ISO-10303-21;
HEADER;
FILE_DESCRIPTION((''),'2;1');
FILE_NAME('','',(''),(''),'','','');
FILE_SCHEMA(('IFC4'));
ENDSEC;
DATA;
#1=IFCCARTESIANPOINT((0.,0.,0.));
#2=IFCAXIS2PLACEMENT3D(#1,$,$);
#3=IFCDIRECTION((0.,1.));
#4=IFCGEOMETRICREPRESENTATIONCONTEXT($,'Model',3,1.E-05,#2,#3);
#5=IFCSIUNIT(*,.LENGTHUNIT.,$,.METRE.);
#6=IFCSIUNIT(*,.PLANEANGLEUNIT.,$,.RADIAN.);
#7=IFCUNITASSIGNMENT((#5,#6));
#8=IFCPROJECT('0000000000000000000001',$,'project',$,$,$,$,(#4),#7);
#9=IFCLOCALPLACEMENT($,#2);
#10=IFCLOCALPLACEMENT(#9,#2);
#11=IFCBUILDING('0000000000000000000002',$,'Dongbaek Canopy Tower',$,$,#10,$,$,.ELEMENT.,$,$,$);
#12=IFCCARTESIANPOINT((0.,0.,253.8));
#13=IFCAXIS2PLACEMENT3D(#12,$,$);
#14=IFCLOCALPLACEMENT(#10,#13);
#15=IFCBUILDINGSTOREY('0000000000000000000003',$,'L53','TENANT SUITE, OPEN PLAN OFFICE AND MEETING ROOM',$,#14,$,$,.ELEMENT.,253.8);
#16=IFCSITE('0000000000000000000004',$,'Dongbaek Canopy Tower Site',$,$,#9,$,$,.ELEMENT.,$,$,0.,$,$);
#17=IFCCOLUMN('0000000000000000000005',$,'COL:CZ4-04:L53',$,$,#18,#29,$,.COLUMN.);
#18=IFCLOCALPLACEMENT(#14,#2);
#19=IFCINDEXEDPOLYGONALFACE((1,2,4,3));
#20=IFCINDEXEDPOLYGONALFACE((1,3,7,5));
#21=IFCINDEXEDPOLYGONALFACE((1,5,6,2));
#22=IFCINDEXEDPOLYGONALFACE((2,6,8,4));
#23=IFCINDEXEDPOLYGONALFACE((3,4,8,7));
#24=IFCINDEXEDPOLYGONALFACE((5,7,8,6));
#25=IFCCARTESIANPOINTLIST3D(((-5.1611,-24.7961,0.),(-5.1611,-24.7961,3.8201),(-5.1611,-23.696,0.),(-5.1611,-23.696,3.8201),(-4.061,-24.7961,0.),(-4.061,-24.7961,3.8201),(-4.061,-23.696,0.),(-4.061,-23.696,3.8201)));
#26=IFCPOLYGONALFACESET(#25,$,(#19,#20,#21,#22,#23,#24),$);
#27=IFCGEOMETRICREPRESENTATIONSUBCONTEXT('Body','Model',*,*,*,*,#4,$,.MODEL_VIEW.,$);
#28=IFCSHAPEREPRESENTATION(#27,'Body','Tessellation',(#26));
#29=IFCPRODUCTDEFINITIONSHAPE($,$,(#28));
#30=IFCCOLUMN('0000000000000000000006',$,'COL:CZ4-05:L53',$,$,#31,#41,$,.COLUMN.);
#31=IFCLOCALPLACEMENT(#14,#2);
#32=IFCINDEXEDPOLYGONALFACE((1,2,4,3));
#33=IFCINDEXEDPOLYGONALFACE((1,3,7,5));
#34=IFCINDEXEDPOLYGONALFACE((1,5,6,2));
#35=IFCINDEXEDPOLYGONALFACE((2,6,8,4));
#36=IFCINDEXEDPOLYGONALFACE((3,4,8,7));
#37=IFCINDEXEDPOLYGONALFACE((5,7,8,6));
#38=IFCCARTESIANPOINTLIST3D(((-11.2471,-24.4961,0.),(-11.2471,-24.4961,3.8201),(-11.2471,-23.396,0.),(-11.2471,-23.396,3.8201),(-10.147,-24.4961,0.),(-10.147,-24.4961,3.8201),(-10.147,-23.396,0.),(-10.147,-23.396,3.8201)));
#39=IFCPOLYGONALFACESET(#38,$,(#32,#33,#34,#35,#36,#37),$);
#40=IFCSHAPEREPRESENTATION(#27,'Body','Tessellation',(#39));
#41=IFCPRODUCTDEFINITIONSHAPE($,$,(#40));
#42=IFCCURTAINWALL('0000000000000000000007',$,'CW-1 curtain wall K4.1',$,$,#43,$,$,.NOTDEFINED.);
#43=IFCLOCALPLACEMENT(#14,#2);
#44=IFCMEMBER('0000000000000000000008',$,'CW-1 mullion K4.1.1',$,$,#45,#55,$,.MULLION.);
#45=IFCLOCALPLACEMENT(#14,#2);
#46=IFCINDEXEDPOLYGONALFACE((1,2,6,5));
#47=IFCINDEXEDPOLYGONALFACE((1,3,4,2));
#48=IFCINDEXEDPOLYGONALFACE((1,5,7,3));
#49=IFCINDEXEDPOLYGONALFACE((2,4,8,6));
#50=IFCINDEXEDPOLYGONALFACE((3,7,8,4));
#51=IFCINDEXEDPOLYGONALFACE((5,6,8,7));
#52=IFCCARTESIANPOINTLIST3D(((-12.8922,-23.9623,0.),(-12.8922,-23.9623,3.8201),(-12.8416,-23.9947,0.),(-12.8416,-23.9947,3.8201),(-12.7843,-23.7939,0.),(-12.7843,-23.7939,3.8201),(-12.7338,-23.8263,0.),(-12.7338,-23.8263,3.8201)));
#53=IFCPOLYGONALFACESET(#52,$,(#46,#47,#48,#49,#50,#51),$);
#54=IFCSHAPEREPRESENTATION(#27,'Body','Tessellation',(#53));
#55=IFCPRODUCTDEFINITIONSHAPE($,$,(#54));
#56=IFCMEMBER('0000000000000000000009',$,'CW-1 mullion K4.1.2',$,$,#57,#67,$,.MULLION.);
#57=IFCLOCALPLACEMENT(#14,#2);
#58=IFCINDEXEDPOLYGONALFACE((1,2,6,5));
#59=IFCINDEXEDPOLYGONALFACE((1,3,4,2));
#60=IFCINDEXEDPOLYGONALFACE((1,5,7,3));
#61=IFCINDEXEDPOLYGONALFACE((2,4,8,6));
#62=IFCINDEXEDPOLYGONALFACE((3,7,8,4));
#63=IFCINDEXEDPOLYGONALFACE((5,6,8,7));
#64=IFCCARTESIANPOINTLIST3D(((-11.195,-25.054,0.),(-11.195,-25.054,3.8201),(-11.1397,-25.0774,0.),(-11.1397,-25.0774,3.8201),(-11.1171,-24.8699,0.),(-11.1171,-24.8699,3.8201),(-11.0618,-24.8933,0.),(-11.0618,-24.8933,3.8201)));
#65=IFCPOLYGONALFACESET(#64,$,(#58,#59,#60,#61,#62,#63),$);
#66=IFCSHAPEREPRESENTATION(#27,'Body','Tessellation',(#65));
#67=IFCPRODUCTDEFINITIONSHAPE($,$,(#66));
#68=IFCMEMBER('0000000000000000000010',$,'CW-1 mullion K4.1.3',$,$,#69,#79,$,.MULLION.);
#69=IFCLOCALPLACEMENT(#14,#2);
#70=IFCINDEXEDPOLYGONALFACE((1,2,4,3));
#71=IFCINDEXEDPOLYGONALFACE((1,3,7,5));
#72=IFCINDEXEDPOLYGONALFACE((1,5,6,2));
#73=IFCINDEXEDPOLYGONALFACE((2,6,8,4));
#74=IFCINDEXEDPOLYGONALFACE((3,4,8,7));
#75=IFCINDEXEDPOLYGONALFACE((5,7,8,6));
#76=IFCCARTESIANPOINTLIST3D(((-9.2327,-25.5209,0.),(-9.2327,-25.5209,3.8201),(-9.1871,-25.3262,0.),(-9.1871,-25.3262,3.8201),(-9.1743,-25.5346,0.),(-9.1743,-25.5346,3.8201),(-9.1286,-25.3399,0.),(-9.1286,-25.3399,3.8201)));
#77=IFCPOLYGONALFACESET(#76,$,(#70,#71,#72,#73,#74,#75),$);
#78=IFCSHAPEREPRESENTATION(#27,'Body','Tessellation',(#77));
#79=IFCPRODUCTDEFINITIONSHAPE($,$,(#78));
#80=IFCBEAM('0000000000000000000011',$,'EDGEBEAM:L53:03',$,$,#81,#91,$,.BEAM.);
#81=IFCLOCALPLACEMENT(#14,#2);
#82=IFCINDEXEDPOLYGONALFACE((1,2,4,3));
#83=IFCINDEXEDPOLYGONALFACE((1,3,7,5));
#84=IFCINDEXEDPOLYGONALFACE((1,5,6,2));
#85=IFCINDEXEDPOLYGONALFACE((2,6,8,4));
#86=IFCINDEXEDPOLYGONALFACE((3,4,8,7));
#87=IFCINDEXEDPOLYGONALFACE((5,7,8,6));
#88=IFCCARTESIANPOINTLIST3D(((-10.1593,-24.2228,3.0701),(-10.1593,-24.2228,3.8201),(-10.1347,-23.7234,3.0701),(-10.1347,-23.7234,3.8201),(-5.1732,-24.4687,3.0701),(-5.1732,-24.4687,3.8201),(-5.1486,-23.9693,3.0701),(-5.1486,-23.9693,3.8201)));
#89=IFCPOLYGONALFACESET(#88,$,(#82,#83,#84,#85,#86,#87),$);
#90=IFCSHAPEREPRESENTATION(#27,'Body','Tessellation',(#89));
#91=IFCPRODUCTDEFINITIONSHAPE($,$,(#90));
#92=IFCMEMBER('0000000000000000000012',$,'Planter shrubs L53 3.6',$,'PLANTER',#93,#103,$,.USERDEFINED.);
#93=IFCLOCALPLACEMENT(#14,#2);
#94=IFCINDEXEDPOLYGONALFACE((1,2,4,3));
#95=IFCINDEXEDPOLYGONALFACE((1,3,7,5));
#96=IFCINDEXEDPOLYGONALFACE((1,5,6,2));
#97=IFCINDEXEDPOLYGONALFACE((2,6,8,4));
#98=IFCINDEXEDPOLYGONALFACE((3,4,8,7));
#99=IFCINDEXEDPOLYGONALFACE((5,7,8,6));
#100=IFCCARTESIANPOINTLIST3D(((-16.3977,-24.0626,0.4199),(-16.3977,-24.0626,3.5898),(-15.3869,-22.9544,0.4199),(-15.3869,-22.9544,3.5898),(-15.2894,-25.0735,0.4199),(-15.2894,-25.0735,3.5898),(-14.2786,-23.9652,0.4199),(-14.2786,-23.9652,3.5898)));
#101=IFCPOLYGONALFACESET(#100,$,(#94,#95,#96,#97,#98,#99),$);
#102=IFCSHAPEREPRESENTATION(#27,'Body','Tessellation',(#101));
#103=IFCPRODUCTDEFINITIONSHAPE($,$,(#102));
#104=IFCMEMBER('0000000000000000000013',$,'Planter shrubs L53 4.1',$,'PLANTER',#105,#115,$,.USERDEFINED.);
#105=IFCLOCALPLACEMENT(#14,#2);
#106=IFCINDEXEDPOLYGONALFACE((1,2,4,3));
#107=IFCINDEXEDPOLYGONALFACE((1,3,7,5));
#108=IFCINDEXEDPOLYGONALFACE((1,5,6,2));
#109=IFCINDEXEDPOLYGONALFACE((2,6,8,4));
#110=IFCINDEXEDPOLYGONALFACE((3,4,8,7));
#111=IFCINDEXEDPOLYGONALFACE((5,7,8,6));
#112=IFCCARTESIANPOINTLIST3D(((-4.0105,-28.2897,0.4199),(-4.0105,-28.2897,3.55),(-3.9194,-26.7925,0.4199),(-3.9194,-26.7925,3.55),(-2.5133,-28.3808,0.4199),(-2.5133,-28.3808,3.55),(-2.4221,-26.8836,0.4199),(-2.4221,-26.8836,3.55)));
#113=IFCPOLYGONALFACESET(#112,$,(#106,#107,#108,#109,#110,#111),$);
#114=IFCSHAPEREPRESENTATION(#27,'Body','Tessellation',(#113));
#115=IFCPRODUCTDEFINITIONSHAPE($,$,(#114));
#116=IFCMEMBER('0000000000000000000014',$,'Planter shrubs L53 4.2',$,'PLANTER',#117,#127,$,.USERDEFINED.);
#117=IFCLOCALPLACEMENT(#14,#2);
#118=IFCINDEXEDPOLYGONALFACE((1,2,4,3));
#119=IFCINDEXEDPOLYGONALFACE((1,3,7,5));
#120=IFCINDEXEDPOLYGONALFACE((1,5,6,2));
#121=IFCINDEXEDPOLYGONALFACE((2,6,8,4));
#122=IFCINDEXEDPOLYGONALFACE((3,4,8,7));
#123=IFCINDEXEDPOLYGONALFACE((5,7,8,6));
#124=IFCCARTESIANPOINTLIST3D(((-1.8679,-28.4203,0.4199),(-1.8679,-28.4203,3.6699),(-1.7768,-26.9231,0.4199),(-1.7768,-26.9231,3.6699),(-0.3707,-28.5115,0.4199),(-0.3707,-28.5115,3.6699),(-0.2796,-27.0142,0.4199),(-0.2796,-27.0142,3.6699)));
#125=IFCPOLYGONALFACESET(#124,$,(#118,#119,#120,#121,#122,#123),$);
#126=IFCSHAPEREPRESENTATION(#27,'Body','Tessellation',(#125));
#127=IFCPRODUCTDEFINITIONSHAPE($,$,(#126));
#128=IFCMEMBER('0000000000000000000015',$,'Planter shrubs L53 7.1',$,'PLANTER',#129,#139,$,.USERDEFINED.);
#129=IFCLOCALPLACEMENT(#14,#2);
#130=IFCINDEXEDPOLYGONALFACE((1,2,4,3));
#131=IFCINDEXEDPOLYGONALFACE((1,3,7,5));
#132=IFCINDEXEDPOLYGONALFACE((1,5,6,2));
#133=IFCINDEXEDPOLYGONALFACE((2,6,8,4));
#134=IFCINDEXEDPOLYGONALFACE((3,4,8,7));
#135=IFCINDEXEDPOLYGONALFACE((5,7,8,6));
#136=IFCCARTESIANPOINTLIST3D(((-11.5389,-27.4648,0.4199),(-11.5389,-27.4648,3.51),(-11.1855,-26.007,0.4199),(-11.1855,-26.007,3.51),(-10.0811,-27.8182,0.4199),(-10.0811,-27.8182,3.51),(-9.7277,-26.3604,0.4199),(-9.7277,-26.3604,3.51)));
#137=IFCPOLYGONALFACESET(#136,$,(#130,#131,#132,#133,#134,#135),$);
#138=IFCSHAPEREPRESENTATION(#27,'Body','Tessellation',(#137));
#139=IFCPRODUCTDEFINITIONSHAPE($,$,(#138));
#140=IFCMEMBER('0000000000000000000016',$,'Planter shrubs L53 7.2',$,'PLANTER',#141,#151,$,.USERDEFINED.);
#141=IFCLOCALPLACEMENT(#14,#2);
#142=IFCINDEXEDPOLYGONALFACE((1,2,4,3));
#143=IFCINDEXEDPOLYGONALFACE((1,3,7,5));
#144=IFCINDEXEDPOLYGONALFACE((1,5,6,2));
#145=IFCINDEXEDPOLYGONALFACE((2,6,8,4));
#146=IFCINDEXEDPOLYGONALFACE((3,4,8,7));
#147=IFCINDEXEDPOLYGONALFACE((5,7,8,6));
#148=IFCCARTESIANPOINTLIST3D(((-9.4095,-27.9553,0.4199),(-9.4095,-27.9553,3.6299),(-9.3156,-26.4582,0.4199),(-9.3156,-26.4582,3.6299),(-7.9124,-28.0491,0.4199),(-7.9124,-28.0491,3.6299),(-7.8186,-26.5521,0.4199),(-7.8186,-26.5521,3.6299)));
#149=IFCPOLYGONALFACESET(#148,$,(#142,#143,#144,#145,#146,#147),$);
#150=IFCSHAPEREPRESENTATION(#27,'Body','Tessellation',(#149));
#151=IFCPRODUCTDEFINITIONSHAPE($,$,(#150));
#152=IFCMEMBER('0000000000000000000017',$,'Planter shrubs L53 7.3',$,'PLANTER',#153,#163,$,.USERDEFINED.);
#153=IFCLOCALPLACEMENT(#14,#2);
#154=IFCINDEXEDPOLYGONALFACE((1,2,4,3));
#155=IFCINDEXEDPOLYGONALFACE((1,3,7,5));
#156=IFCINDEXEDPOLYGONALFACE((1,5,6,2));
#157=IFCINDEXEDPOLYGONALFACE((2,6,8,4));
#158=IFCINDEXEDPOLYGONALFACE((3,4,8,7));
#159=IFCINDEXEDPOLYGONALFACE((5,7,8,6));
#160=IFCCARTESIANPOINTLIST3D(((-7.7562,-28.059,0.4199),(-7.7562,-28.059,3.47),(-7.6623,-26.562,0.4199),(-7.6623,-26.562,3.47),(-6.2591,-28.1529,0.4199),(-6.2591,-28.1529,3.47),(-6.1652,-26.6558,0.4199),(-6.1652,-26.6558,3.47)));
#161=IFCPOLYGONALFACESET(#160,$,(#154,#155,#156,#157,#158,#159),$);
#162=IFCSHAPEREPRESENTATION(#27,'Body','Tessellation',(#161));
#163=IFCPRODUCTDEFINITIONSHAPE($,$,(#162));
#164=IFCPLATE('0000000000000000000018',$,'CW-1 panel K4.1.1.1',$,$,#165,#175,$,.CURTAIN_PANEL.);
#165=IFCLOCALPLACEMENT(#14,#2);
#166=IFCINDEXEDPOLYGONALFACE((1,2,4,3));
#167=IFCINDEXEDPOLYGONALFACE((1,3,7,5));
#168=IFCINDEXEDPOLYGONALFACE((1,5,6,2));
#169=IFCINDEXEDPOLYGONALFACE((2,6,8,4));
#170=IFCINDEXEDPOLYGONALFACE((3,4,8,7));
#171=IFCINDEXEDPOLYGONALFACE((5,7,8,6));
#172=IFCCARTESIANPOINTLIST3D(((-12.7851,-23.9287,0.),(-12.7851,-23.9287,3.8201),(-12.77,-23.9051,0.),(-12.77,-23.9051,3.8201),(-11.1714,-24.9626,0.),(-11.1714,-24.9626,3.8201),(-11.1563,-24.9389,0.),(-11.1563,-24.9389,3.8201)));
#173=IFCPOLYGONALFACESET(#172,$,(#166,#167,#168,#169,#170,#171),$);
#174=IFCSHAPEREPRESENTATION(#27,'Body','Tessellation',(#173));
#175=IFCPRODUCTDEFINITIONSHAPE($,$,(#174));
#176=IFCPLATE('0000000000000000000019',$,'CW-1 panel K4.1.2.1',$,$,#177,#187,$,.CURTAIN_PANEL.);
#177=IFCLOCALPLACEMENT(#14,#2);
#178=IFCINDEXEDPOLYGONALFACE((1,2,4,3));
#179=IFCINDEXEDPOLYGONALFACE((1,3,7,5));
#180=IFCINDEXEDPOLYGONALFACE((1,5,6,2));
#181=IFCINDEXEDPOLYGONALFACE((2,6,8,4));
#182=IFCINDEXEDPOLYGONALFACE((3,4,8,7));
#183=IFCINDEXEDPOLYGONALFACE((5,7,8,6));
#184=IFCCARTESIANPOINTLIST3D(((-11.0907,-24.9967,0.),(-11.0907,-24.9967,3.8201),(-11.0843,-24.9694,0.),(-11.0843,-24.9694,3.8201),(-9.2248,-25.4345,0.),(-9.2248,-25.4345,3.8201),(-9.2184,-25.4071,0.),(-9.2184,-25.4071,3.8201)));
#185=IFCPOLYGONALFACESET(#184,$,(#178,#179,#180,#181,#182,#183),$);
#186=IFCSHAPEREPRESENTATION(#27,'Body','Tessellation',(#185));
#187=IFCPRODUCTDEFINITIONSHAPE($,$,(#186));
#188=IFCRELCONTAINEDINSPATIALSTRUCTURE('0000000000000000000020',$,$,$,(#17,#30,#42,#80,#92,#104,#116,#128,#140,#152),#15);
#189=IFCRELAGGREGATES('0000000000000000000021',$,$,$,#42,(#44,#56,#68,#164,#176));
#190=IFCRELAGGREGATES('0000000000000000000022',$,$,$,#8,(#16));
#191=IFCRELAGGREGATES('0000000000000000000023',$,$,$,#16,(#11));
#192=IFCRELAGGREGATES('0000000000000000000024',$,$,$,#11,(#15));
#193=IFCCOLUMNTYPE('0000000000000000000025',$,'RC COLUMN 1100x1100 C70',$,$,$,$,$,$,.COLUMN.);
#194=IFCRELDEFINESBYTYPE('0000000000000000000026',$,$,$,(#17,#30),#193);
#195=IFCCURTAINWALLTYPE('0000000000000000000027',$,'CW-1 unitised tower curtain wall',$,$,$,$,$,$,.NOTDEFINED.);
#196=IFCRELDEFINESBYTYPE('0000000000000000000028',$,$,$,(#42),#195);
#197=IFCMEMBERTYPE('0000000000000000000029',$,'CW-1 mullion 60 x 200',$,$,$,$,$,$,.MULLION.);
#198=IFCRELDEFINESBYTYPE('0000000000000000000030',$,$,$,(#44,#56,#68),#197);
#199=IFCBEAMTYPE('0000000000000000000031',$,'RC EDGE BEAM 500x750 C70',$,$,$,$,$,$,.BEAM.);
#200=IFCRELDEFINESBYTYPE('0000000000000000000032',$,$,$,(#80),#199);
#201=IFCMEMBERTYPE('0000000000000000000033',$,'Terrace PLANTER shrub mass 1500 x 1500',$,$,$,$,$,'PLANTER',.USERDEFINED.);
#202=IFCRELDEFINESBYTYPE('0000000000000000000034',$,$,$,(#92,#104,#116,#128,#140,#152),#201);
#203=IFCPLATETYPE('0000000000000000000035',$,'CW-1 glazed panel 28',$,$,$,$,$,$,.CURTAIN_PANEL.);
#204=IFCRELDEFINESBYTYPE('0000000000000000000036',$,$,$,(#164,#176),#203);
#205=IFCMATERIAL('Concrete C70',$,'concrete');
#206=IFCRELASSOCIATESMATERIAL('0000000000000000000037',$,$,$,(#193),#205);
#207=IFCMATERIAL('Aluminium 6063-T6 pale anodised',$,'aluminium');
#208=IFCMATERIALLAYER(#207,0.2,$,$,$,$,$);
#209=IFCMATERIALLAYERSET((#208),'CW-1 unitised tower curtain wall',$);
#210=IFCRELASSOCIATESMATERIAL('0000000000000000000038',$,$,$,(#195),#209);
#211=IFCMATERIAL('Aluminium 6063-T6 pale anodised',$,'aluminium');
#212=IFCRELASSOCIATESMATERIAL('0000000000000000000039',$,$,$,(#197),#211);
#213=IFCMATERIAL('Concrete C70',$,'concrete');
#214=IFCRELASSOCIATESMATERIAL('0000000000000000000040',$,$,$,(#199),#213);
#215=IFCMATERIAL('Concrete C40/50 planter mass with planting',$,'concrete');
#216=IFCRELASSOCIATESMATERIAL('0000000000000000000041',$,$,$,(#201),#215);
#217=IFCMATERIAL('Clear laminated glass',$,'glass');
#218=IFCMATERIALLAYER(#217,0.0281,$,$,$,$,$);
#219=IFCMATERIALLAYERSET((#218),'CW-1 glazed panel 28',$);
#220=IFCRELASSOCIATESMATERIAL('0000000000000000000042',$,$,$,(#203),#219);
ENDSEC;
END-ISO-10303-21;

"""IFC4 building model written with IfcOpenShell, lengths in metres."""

from ifc_helpers import new_model, si_unit, direction, frame, origin, origin_2d, place, context, subcontext, project, spatial, rectangle, extrude, material, layer, layer_set, material_profile, profile_set, type_object, element, aggregate, save


model = new_model("IFC4")

# Units and contexts
model_context = context("Model", 3, precision=1e-05, world=origin(), true_north=direction((0.0, 1.0)))
body_context = subcontext(model_context, "Body", "Model", "MODEL_VIEW")
ifc_project = project(units=[si_unit("LENGTHUNIT", "METRE"), si_unit("PLANEANGLEUNIT", "RADIAN")], contexts=[model_context])

# Site, building, storey
site_placement = place(None, origin())
site = spatial("IfcSite", under=ifc_project, at=site_placement, Name="Dongbaek Canopy Tower Site", CompositionType="ELEMENT", RefElevation=0.0)
building_placement = place(site_placement, origin())
building = spatial("IfcBuilding", under=site, at=building_placement, Name="Dongbaek Canopy Tower", CompositionType="ELEMENT")
storey_placement = place(building_placement, frame((0.0, 0.0, 253.8)))
storey = spatial("IfcBuildingStorey", under=building, at=storey_placement, Name="L53", Description="TENANT SUITE, OPEN PLAN OFFICE AND MEETING ROOM", CompositionType="ELEMENT", Elevation=253.8)

# Columns
ifc_material_1 = material(Name="Concrete C70", Category="concrete")
ifc_material_profile_1 = material_profile(ifc_material_1, rectangle(XDim=1.1001, YDim=1.1001, at=origin_2d()), Name="RC COLUMN 1100x1100 C70")
ifc_profile_set_1 = profile_set([ifc_material_profile_1], Name="Concrete C70")
column_type = type_object("IfcColumnType", Name="RC COLUMN 1100x1100 C70", PredefinedType="COLUMN", material=ifc_profile_set_1)
for number, where, z_axis, x_axis, name in (
    (1, (-4.6111, -24.2461, 0.0), (0.0, 0.0, 1.0), (1.0, 0.0, 0.0), "COL:CZ4-04:L53"),
    (2, (-10.697, -23.946, 0.0), (0.0, 0.0, 1.0), (1.0, 0.0, 0.0), "COL:CZ4-05:L53"),
):
    element("IfcColumn", number, at=place(storey_placement, frame(where, z_axis=z_axis, x_axis=x_axis)), inside=storey, type_object=column_type, Name=name, PredefinedType="COLUMN", context=body_context, shape_type="SweptSolid", body=[
        extrude(rectangle(XDim=1.1001, YDim=1.1001, at=origin_2d()), origin(), (0.0, 0.0, 1.0), 3.8201),
    ])

# Curtain wall, members
ifc_material_2 = material(Name="Aluminium 6063-T6 pale anodised", Category="aluminium")
ifc_layer_1 = layer(ifc_material_2, 0.2)
ifc_layer_set_1 = layer_set([ifc_layer_1], Name="CW-1 unitised tower curtain wall")
curtain_wall_type = type_object("IfcCurtainWallType", Name="CW-1 unitised tower curtain wall", PredefinedType="NOTDEFINED", material=ifc_layer_set_1)
curtain_wall_placement = place(storey_placement, origin())
curtain_wall = element("IfcCurtainWall", 3, at=curtain_wall_placement, inside=storey, type_object=curtain_wall_type, Name="CW-1 curtain wall K4.1", PredefinedType="NOTDEFINED")
ifc_material_3 = material(Name="Aluminium 6063-T6 pale anodised", Category="aluminium")
ifc_material_profile_2 = material_profile(ifc_material_3, rectangle(XDim=0.2, YDim=0.0601, at=origin_2d()), Name="CW-1 mullion 60 x 200")
ifc_profile_set_2 = profile_set([ifc_material_profile_2], Name="Aluminium 6063-T6 pale anodised")
member_type_1 = type_object("IfcMemberType", Name="CW-1 mullion 60 x 200", PredefinedType="MULLION", material=ifc_profile_set_2)
member_1_placement = place(storey_placement, frame((-12.813, -23.8943, 0.0), z_axis=(0.0, 0.0, 1.0), x_axis=(-0.539448, -0.842019, 0.0)))
member_1 = element("IfcMember", 4, at=member_1_placement, type_object=member_type_1, Name="CW-1 mullion K4.1.1", PredefinedType="MULLION", context=body_context, shape_type="SweptSolid", body=[
    extrude(rectangle(XDim=0.2, YDim=0.0601, at=origin_2d()), origin(), (0.0, 0.0, 1.0), 3.8201),
])
member_2_placement = place(storey_placement, frame((-11.1284, -24.9736, 0.0), z_axis=(0.0, 0.0, 1.0), x_axis=(-0.389524, -0.921016, 0.0)))
member_2 = element("IfcMember", 5, at=member_2_placement, type_object=member_type_1, Name="CW-1 mullion K4.1.2", PredefinedType="MULLION", context=body_context, shape_type="SweptSolid", body=[
    extrude(rectangle(XDim=0.2, YDim=0.0601, at=origin_2d()), origin(), (0.0, 0.0, 1.0), 3.8201),
])
member_3_placement = place(storey_placement, frame((-9.1807, -25.4304, 0.0), z_axis=(0.0, 0.0, 1.0), x_axis=(-0.228415, -0.973564, 0.0)))
member_3 = element("IfcMember", 6, at=member_3_placement, type_object=member_type_1, Name="CW-1 mullion K4.1.3", PredefinedType="MULLION", context=body_context, shape_type="SweptSolid", body=[
    extrude(rectangle(XDim=0.2, YDim=0.0601, at=origin_2d()), origin(), (0.0, 0.0, 1.0), 3.8201),
])

# Beam
ifc_material_4 = material(Name="Concrete C70", Category="concrete")
ifc_material_profile_3 = material_profile(ifc_material_4, rectangle(XDim=0.5, YDim=0.75, at=origin_2d()), Name="RC EDGE BEAM 500x750 C70")
ifc_profile_set_3 = profile_set([ifc_material_profile_3], Name="Concrete C70")
beam_type = type_object("IfcBeamType", Name="RC EDGE BEAM 500x750 C70", PredefinedType="BEAM", material=ifc_profile_set_3)
beam_placement = place(storey_placement, frame((-5.1609, -24.219, 3.4451), z_axis=(-0.998787, 0.049247, 0.0), x_axis=(-0.049247, -0.998787, 0.0)))
element("IfcBeam", 7, at=beam_placement, inside=storey, type_object=beam_type, Name="EDGEBEAM:L53:03", PredefinedType="BEAM", context=body_context, shape_type="SweptSolid", body=[
    extrude(rectangle(XDim=0.5, YDim=0.75, at=origin_2d()), origin(), (0.0, 0.0, 1.0), 4.9922),
])

# Members
ifc_material_5 = material(Name="Concrete C40/50 planter mass with planting", Category="concrete")
ifc_material_profile_4 = material_profile(ifc_material_5, rectangle(XDim=1.5, YDim=1.5, at=origin_2d()), Name="Terrace PLANTER shrub mass 1500 x 1500")
ifc_profile_set_4 = profile_set([ifc_material_profile_4], Name="Concrete C40/50 planter mass with planting")
member_type_2 = type_object("IfcMemberType", Name="Terrace PLANTER shrub mass 1500 x 1500", ElementType="PLANTER", PredefinedType="USERDEFINED", material=ifc_profile_set_4)
member_4_placement = place(storey_placement, frame((-15.3381, -24.0139, 0.4199), z_axis=(0.0, 0.0, 1.0), x_axis=(-0.673879, -0.738841, 0.0)))
element("IfcMember", 8, at=member_4_placement, inside=storey, type_object=member_type_2, Name="Planter shrubs L53 3.6", ObjectType="PLANTER", PredefinedType="USERDEFINED", context=body_context, shape_type="SweptSolid", body=[
    extrude(rectangle(XDim=1.5, YDim=1.5, at=origin_2d()), origin(), (0.0, 0.0, 1.0), 3.1699),
])
member_5_placement = place(storey_placement, frame((-3.2163, -27.5867, 0.4199), z_axis=(0.0, 0.0, 1.0), x_axis=(-0.060746, -0.998153, 0.0)))
element("IfcMember", 9, at=member_5_placement, inside=storey, type_object=member_type_2, Name="Planter shrubs L53 4.1", ObjectType="PLANTER", PredefinedType="USERDEFINED", context=body_context, shape_type="SweptSolid", body=[
    extrude(rectangle(XDim=1.5, YDim=1.5, at=origin_2d()), origin(), (0.0, 0.0, 1.0), 3.1301),
])
member_6_placement = place(storey_placement, frame((-1.0737, -27.7173, 0.4199), z_axis=(0.0, 0.0, 1.0), x_axis=(-0.060746, -0.998153, 0.0)))
element("IfcMember", 10, at=member_6_placement, inside=storey, type_object=member_type_2, Name="Planter shrubs L53 4.2", ObjectType="PLANTER", PredefinedType="USERDEFINED", context=body_context, shape_type="SweptSolid", body=[
    extrude(rectangle(XDim=1.5, YDim=1.5, at=origin_2d()), origin(), (0.0, 0.0, 1.0), 3.25),
])
member_7_placement = place(storey_placement, frame((-10.6333, -26.9126, 0.4199), z_axis=(0.0, 0.0, 1.0), x_axis=(-0.235622, -0.971845, 0.0)))
element("IfcMember", 11, at=member_7_placement, inside=storey, type_object=member_type_2, Name="Planter shrubs L53 7.1", ObjectType="PLANTER", PredefinedType="USERDEFINED", context=body_context, shape_type="SweptSolid", body=[
    extrude(rectangle(XDim=1.5, YDim=1.5, at=origin_2d()), origin(), (0.0, 0.0, 1.0), 3.0901),
])
member_8_placement = place(storey_placement, frame((-8.614, -27.2537, 0.4199), z_axis=(0.0, 0.0, 1.0), x_axis=(-0.062577, -0.99804, 0.0)))
element("IfcMember", 12, at=member_8_placement, inside=storey, type_object=member_type_2, Name="Planter shrubs L53 7.2", ObjectType="PLANTER", PredefinedType="USERDEFINED", context=body_context, shape_type="SweptSolid", body=[
    extrude(rectangle(XDim=1.5, YDim=1.5, at=origin_2d()), origin(), (0.0, 0.0, 1.0), 3.21),
])
member_9_placement = place(storey_placement, frame((-6.9607, -27.3574, 0.4199), z_axis=(0.0, 0.0, 1.0), x_axis=(-0.062577, -0.99804, 0.0)))
element("IfcMember", 13, at=member_9_placement, inside=storey, type_object=member_type_2, Name="Planter shrubs L53 7.3", ObjectType="PLANTER", PredefinedType="USERDEFINED", context=body_context, shape_type="SweptSolid", body=[
    extrude(rectangle(XDim=1.5, YDim=1.5, at=origin_2d()), origin(), (0.0, 0.0, 1.0), 3.05),
])

# Plates
ifc_material_6 = material(Name="Clear laminated glass", Category="glass")
ifc_layer_2 = layer(ifc_material_6, 0.0281)
ifc_layer_set_2 = layer_set([ifc_layer_2], Name="CW-1 glazed panel 28")
plate_type = type_object("IfcPlateType", Name="CW-1 glazed panel 28", PredefinedType="CURTAIN_PANEL", material=ifc_layer_set_2)
plate_1_placement = place(storey_placement, frame((-11.9707, -24.4338, 0.0), z_axis=(0.0, 0.0, 1.0), x_axis=(0.842019, -0.539448, 0.0)))
plate_1 = element("IfcPlate", 14, at=plate_1_placement, type_object=plate_type, Name="CW-1 panel K4.1.1.1", PredefinedType="CURTAIN_PANEL", context=body_context, shape_type="SweptSolid", body=[
    extrude(rectangle(XDim=1.9165, YDim=0.0281, at=origin_2d()), origin(), (0.0, 0.0, 1.0), 3.8201),
])
plate_2_placement = place(storey_placement, frame((-10.1545, -25.2019, 0.0), z_axis=(0.0, 0.0, 1.0), x_axis=(0.973564, -0.228415, 0.0)))
plate_2 = element("IfcPlate", 15, at=plate_2_placement, type_object=plate_type, Name="CW-1 panel K4.1.2.1", PredefinedType="CURTAIN_PANEL", context=body_context, shape_type="SweptSolid", body=[
    extrude(rectangle(XDim=1.9165, YDim=0.0281, at=origin_2d()), origin(), (0.0, 0.0, 1.0), 3.8201),
])
aggregate(curtain_wall, [member_1, member_2, member_3, plate_1, plate_2])

save(model, "model.ifc")
